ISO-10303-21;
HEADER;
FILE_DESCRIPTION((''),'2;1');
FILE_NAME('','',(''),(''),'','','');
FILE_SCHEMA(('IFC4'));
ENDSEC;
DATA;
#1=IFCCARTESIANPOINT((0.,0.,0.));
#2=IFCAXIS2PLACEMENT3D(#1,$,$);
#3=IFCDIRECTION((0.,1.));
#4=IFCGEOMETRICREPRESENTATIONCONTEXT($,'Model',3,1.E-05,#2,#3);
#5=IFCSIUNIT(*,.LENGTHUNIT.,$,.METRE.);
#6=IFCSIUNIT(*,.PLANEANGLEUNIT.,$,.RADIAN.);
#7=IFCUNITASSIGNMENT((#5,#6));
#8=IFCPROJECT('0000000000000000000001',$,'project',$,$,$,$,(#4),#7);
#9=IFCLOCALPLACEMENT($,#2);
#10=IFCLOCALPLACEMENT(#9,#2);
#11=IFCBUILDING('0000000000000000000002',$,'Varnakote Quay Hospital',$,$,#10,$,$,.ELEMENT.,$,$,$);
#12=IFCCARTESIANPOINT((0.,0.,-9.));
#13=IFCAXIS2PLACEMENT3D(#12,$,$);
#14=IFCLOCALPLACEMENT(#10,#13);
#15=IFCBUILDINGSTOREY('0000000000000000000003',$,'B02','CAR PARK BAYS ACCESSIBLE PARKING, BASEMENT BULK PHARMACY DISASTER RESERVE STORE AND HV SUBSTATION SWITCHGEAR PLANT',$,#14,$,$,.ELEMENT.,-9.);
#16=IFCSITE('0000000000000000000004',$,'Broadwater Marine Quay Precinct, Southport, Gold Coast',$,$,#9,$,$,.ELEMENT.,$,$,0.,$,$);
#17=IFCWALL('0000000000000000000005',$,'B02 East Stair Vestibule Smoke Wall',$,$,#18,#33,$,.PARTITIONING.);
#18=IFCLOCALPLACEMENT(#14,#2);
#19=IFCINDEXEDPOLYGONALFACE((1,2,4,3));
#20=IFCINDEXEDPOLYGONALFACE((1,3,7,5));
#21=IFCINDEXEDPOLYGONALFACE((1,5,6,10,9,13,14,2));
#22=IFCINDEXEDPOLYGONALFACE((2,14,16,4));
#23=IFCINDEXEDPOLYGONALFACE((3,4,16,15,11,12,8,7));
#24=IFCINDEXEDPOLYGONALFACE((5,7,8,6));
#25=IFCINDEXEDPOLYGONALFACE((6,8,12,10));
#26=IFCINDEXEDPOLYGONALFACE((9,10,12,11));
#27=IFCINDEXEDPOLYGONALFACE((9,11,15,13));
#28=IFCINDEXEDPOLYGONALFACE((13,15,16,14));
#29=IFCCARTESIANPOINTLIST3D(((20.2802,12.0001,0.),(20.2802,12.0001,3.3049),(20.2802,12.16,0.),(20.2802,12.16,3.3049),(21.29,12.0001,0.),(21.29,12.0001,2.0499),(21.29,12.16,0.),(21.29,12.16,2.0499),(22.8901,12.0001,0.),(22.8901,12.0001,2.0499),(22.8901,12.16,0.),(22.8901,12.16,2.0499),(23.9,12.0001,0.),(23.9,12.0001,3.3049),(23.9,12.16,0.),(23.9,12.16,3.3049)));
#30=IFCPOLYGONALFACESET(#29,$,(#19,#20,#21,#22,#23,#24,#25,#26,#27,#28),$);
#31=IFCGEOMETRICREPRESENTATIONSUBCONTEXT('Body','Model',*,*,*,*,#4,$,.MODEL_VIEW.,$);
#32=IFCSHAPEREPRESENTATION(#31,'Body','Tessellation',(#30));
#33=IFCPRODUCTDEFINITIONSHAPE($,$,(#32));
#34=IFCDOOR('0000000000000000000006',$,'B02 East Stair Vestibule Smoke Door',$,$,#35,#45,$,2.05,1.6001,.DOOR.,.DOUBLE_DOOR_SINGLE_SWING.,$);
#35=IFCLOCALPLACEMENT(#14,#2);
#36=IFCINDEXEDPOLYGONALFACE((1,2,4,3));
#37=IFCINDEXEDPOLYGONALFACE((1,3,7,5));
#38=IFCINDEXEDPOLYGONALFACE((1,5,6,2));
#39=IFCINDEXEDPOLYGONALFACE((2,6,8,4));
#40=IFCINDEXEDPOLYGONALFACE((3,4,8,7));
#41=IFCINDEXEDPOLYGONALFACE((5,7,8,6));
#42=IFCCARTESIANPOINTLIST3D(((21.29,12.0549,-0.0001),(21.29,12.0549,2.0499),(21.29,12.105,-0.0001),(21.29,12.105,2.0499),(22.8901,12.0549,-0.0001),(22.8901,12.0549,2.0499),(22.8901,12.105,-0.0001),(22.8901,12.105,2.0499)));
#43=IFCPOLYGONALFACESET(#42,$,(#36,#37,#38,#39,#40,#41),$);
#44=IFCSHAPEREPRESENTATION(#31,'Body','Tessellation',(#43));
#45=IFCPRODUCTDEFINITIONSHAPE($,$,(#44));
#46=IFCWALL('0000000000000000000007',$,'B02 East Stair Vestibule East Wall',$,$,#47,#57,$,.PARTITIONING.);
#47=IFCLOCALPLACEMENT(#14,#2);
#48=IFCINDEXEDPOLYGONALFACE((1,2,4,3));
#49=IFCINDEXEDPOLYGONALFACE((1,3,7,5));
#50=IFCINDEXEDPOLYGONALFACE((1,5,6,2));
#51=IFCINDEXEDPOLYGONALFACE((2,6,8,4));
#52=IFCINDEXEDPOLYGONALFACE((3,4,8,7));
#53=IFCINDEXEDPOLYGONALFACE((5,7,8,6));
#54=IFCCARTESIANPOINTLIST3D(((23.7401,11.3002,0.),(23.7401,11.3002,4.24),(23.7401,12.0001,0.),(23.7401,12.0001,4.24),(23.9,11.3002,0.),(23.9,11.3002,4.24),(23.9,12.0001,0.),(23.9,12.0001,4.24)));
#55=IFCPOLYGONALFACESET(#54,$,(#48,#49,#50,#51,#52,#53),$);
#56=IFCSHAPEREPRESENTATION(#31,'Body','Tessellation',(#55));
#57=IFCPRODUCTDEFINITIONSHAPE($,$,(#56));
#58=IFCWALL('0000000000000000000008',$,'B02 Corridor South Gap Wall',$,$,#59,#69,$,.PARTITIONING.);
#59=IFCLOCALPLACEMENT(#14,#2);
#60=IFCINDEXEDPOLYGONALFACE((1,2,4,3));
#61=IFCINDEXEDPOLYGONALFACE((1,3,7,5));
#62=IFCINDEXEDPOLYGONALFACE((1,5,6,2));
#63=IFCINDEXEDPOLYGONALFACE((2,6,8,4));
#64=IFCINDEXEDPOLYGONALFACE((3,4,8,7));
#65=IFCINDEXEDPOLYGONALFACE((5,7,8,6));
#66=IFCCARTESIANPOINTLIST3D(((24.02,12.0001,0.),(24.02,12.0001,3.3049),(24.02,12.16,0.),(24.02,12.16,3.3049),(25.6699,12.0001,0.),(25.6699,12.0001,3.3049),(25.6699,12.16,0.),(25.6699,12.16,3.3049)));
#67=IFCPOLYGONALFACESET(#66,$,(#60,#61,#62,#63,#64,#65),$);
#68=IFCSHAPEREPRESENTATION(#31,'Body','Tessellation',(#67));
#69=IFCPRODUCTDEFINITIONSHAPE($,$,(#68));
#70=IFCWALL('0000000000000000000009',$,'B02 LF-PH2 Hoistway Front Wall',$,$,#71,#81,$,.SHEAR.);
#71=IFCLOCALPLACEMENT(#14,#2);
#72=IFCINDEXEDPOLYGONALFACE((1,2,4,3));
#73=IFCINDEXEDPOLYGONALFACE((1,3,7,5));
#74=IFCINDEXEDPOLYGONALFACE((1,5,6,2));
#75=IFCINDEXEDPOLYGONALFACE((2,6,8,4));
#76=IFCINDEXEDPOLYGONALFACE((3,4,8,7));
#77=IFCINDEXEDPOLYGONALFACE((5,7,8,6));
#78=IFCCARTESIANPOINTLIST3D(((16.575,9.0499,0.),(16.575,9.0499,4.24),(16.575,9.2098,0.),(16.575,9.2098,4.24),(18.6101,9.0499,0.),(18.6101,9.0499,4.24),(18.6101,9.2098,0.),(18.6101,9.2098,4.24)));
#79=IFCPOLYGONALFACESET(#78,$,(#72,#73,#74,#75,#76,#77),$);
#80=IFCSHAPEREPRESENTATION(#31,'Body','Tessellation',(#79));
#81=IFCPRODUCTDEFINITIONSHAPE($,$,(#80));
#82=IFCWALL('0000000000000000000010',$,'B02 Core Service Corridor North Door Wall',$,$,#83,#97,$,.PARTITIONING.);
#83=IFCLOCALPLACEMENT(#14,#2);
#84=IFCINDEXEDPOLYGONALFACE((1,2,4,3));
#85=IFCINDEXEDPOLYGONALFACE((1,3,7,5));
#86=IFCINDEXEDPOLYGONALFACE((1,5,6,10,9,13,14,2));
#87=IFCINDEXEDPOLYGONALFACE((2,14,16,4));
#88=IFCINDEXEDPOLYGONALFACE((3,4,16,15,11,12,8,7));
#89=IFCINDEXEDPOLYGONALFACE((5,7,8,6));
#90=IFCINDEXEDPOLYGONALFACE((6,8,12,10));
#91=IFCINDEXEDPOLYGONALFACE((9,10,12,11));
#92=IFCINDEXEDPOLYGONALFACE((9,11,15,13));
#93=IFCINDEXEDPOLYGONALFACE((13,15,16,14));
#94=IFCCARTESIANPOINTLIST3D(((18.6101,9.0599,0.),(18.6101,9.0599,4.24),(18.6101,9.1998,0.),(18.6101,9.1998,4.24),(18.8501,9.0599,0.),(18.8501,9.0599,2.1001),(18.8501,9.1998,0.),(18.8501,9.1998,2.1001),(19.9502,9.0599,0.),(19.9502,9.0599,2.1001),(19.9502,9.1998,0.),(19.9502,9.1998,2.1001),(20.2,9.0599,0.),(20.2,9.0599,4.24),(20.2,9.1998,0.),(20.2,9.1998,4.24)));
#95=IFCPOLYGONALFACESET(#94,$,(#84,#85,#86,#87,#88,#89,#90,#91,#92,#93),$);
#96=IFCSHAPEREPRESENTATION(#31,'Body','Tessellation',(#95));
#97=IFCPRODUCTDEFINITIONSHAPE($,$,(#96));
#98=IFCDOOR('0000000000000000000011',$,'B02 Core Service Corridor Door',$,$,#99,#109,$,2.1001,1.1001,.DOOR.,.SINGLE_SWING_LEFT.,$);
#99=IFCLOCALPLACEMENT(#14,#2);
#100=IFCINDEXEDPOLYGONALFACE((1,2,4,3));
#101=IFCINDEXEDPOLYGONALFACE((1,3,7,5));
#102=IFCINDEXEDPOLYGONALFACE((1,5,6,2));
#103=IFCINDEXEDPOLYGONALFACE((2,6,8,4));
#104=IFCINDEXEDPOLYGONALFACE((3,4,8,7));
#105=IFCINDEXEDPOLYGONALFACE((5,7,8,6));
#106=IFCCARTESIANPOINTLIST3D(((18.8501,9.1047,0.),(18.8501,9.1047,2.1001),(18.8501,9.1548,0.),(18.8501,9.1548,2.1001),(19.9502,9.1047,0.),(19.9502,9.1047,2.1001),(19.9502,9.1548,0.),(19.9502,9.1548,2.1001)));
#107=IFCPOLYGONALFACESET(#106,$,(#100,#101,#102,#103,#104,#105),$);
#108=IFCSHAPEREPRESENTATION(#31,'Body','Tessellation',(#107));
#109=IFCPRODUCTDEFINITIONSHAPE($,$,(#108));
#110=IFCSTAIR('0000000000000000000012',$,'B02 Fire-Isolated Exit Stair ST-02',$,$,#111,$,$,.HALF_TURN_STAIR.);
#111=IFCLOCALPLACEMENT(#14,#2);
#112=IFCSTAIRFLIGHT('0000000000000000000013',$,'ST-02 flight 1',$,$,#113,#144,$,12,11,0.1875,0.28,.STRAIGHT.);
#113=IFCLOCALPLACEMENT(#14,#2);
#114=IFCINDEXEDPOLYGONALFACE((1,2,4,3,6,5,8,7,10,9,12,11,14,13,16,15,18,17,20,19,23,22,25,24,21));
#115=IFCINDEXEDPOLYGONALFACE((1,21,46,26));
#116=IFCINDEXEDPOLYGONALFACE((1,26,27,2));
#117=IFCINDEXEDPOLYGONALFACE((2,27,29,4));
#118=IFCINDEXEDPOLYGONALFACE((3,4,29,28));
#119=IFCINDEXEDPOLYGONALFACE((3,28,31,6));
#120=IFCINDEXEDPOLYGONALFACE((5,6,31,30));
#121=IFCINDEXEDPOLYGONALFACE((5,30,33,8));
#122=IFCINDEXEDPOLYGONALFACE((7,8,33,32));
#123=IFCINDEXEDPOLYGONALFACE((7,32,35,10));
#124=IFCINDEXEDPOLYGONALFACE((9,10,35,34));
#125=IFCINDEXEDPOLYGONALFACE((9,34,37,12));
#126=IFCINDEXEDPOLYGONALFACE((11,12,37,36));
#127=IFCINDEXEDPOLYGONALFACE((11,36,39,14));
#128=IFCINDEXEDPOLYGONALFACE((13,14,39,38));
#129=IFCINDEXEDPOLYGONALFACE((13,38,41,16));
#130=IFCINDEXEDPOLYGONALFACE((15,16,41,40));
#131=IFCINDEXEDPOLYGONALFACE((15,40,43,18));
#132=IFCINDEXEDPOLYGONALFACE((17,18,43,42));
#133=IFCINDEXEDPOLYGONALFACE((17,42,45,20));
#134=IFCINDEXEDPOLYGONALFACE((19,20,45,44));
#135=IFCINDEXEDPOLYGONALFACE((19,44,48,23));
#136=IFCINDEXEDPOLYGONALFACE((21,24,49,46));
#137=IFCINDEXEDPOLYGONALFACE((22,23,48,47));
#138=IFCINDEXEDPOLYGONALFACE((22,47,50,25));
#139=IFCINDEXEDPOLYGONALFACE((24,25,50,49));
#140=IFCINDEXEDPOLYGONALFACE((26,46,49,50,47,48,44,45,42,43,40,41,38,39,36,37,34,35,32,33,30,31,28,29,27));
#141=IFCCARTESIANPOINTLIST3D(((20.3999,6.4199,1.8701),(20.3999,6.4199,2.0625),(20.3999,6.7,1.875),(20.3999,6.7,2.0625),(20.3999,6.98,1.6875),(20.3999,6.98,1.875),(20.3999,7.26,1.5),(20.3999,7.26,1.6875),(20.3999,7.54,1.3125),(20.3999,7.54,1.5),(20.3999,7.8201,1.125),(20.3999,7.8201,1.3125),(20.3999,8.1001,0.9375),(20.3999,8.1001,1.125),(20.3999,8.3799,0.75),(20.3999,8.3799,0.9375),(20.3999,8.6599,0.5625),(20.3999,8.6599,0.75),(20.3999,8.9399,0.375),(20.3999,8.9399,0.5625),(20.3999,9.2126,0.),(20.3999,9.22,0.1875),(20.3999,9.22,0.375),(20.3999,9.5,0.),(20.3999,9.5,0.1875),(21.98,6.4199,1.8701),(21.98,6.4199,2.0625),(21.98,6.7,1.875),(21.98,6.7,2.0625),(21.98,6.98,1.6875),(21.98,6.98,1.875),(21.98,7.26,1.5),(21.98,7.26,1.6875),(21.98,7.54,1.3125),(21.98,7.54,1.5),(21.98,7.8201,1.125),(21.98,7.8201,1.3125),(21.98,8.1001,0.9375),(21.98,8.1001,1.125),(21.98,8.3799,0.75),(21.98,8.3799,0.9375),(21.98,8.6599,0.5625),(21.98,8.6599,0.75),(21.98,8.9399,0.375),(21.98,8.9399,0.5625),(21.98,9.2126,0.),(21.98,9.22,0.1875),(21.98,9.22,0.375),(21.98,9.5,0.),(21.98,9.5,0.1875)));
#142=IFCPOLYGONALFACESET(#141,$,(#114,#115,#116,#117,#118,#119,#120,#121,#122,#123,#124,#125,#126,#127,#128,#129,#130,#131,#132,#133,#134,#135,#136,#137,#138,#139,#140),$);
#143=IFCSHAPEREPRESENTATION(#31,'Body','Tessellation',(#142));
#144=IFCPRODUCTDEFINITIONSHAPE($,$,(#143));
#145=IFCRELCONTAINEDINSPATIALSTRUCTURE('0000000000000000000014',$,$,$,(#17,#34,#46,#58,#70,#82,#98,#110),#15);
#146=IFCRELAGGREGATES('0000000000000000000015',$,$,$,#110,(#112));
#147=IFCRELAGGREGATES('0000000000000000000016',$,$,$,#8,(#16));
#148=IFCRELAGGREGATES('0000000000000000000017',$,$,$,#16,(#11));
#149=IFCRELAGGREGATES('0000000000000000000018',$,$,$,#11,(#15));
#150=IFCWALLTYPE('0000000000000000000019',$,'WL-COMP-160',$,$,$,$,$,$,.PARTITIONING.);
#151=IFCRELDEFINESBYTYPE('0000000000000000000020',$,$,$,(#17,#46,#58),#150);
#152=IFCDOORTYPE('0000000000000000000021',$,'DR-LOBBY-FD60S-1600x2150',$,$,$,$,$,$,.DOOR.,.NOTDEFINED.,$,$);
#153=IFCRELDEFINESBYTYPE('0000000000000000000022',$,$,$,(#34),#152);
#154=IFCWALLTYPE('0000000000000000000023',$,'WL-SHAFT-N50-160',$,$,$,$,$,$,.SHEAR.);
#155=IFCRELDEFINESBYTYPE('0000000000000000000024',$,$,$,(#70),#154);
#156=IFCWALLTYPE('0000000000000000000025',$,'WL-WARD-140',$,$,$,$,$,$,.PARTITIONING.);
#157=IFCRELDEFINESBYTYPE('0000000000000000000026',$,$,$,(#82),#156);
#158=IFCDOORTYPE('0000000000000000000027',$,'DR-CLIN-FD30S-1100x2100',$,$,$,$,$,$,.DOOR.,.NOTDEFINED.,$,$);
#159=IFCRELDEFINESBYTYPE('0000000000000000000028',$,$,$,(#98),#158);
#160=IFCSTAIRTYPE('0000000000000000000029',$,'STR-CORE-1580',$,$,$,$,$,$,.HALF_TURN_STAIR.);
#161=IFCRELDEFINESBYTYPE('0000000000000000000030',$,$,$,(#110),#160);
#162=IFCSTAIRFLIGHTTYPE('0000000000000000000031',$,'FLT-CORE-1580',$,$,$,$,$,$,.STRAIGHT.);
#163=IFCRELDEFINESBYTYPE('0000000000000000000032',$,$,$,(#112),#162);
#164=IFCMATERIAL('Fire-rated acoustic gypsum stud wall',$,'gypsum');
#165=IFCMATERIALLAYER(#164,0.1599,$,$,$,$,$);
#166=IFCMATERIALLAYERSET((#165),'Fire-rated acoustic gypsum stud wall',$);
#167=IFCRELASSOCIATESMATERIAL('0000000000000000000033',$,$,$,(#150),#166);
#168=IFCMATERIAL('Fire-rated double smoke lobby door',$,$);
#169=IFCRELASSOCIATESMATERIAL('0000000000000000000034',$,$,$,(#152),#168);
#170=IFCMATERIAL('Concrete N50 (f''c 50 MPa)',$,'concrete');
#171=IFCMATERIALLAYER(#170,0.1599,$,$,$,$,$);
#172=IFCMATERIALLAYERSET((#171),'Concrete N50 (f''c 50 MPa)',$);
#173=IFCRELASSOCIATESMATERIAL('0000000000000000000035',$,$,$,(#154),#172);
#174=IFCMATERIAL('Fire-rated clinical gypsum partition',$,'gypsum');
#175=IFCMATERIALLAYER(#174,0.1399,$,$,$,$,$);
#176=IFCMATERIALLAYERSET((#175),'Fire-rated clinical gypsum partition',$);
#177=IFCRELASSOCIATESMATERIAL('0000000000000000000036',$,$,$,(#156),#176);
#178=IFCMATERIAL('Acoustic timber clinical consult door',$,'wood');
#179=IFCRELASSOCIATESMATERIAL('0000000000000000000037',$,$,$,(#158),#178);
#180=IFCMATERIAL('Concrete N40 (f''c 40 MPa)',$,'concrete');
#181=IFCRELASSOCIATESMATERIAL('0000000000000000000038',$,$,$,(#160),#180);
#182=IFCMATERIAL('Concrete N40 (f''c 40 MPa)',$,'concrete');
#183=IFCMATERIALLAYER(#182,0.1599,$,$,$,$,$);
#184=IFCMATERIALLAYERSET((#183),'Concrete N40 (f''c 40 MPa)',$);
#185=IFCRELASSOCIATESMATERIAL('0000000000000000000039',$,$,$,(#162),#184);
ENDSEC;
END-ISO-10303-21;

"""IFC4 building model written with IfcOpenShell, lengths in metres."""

from ifc_helpers import new_model, si_unit, direction, frame, frame_2d, origin, place, context, subcontext, project, spatial, polyline, rectangle, outline, extrude, material, layer, layer_set, type_object, element, fill, aggregate, save


model = new_model("IFC4")

# Units and contexts
model_context = context("Model", 3, precision=1e-05, world=origin(), true_north=direction((0.0, 1.0)))
body_context = subcontext(model_context, "Body", "Model", "MODEL_VIEW")
ifc_project = project(units=[si_unit("LENGTHUNIT", "METRE"), si_unit("PLANEANGLEUNIT", "RADIAN")], contexts=[model_context])

# Site, building, storey
site_placement = place(None, origin())
site = spatial("IfcSite", under=ifc_project, at=site_placement, Name="Broadwater Marine Quay Precinct, Southport, Gold Coast", CompositionType="ELEMENT", RefElevation=0.0)
building_placement = place(site_placement, origin())
building = spatial("IfcBuilding", under=site, at=building_placement, Name="Varnakote Quay Hospital", CompositionType="ELEMENT")
storey_placement = place(building_placement, frame((0.0, 0.0, -9.0)))
storey = spatial("IfcBuildingStorey", under=building, at=storey_placement, Name="B02", Description="CAR PARK BAYS ACCESSIBLE PARKING, BASEMENT BULK PHARMACY DISASTER RESERVE STORE AND HV SUBSTATION SWITCHGEAR PLANT", CompositionType="ELEMENT", Elevation=-9.0)

# Shared definitions
ifc_material_1 = material(Name="Fire-rated acoustic gypsum stud wall", Category="gypsum")
ifc_layer_1 = layer(ifc_material_1, 0.1599)
ifc_layer_set_1 = layer_set([ifc_layer_1], Name="Fire-rated acoustic gypsum stud wall")
wall_type_1 = type_object("IfcWallType", Name="WL-COMP-160", PredefinedType="PARTITIONING", material=ifc_layer_set_1)

# Wall, opening, door
wall_1_placement = place(storey_placement, frame((20.28, 12.0801, 0.0), z_axis=(0.0, 0.0, 1.0), x_axis=(1.0, 0.0, 0.0)))
wall_1 = element("IfcWall", 1, at=wall_1_placement, inside=storey, type_object=wall_type_1, Name="B02 East Stair Vestibule Smoke Wall", PredefinedType="PARTITIONING", context=body_context, shape_type="SweptSolid", body=[
    extrude(rectangle(XDim=3.6199, YDim=0.1599, at=frame_2d((1.8101, 0.0))), origin(), (0.0, 0.0, 1.0), 3.3049),
])
opening_1_placement = place(wall_1_placement, frame((1.01, 0.0, 0.0)))
opening_1 = element("IfcOpeningElement", 2, at=opening_1_placement, cuts=wall_1, PredefinedType="OPENING", context=body_context, shape_type="SweptSolid", body=[
    extrude(rectangle(XDim=1.6001, YDim=2.05, at=frame_2d((0.8, 1.0249))), frame((0.0, 0.0898, 0.0), z_axis=(0.0, -1.0, 0.0), x_axis=(1.0, 0.0, 0.0)), (0.0, 0.0, 1.0), 0.1799),
])
ifc_material_2 = material(Name="Fire-rated double smoke lobby door")
door_type_1 = type_object("IfcDoorType", Name="DR-LOBBY-FD60S-1600x2150", OperationType="NOTDEFINED", PredefinedType="DOOR", material=ifc_material_2)
door_1_placement = place(opening_1_placement, origin())
door_1 = element("IfcDoor", 3, at=door_1_placement, inside=storey, type_object=door_type_1, Name="B02 East Stair Vestibule Smoke Door", OperationType="DOUBLE_DOOR_SINGLE_SWING", OverallHeight=2.05, OverallWidth=1.6001, PredefinedType="DOOR", context=body_context, shape_type="SweptSolid", body=[
    extrude(rectangle(XDim=1.6001, YDim=2.05, at=frame_2d((0.8, 1.0249))), frame((0.0, 0.0249, 0.0), z_axis=(0.0, -1.0, 0.0), x_axis=(1.0, 0.0, 0.0)), (0.0, 0.0, 1.0), 0.05),
])
fill(opening_1, door_1)

# Walls
wall_2_placement = place(storey_placement, frame((23.8201, 11.3, 0.0), z_axis=(0.0, 0.0, 1.0), x_axis=(0.0, 1.0, 0.0)))
element("IfcWall", 4, at=wall_2_placement, inside=storey, type_object=wall_type_1, Name="B02 East Stair Vestibule East Wall", PredefinedType="PARTITIONING", context=body_context, shape_type="SweptSolid", body=[
    extrude(rectangle(XDim=0.7, YDim=0.1599, at=frame_2d((0.3501, 0.0))), origin(), (0.0, 0.0, 1.0), 4.24),
])
wall_3_placement = place(storey_placement, frame((24.02, 12.0801, 0.0), z_axis=(0.0, 0.0, 1.0), x_axis=(1.0, 0.0, 0.0)))
element("IfcWall", 5, at=wall_3_placement, inside=storey, type_object=wall_type_1, Name="B02 Corridor South Gap Wall", PredefinedType="PARTITIONING", context=body_context, shape_type="SweptSolid", body=[
    extrude(rectangle(XDim=1.6499, YDim=0.1599, at=frame_2d((0.825, 0.0))), origin(), (0.0, 0.0, 1.0), 3.3049),
])
ifc_material_3 = material(Name="Concrete N50 (f'c 50 MPa)", Category="concrete")
ifc_layer_2 = layer(ifc_material_3, 0.1599)
ifc_layer_set_2 = layer_set([ifc_layer_2], Name="Concrete N50 (f'c 50 MPa)")
wall_type_2 = type_object("IfcWallType", Name="WL-SHAFT-N50-160", PredefinedType="SHEAR", material=ifc_layer_set_2)
wall_4_placement = place(storey_placement, frame((16.575, 9.1299, 0.0), z_axis=(0.0, 0.0, 1.0), x_axis=(1.0, 0.0, 0.0)))
element("IfcWall", 6, at=wall_4_placement, inside=storey, type_object=wall_type_2, Name="B02 LF-PH2 Hoistway Front Wall", PredefinedType="SHEAR", context=body_context, shape_type="SweptSolid", body=[
    extrude(rectangle(XDim=2.0352, YDim=0.1599, at=frame_2d((1.0176, 0.0))), origin(), (0.0, 0.0, 1.0), 4.24),
])

# Wall, opening, door
ifc_material_4 = material(Name="Fire-rated clinical gypsum partition", Category="gypsum")
ifc_layer_3 = layer(ifc_material_4, 0.1399)
ifc_layer_set_3 = layer_set([ifc_layer_3], Name="Fire-rated clinical gypsum partition")
wall_type_3 = type_object("IfcWallType", Name="WL-WARD-140", PredefinedType="PARTITIONING", material=ifc_layer_set_3)
wall_5_placement = place(storey_placement, frame((18.6101, 9.1299, 0.0), z_axis=(0.0, 0.0, 1.0), x_axis=(1.0, 0.0, 0.0)))
wall_5 = element("IfcWall", 7, at=wall_5_placement, inside=storey, type_object=wall_type_3, Name="B02 Core Service Corridor North Door Wall", PredefinedType="PARTITIONING", context=body_context, shape_type="SweptSolid", body=[
    extrude(rectangle(XDim=1.5898, YDim=0.1399, at=frame_2d((0.7949, 0.0))), origin(), (0.0, 0.0, 1.0), 4.24),
])
opening_2_placement = place(wall_5_placement, frame((0.24, 0.0, 0.0)))
opening_2 = element("IfcOpeningElement", 8, at=opening_2_placement, cuts=wall_5, PredefinedType="OPENING", context=body_context, shape_type="SweptSolid", body=[
    extrude(rectangle(XDim=1.1001, YDim=2.1001, at=frame_2d((0.55, 1.05))), frame((0.0, 0.0798, 0.0), z_axis=(0.0, -1.0, 0.0), x_axis=(1.0, 0.0, 0.0)), (0.0, 0.0, 1.0), 0.1599),
])
ifc_material_5 = material(Name="Acoustic timber clinical consult door", Category="wood")
door_type_2 = type_object("IfcDoorType", Name="DR-CLIN-FD30S-1100x2100", OperationType="NOTDEFINED", PredefinedType="DOOR", material=ifc_material_5)
door_2_placement = place(opening_2_placement, origin())
door_2 = element("IfcDoor", 9, at=door_2_placement, inside=storey, type_object=door_type_2, Name="B02 Core Service Corridor Door", OperationType="SINGLE_SWING_LEFT", OverallHeight=2.1001, OverallWidth=1.1001, PredefinedType="DOOR", context=body_context, shape_type="SweptSolid", body=[
    extrude(rectangle(XDim=1.1001, YDim=2.1001, at=frame_2d((0.55, 1.05))), frame((0.0, 0.0249, 0.0), z_axis=(0.0, -1.0, 0.0), x_axis=(1.0, 0.0, 0.0)), (0.0, 0.0, 1.0), 0.05),
])
fill(opening_2, door_2)

# Stair, stair flight
ifc_material_6 = material(Name="Concrete N40 (f'c 40 MPa)", Category="concrete")
stair_type = type_object("IfcStairType", Name="STR-CORE-1580", PredefinedType="HALF_TURN_STAIR", material=ifc_material_6)
stair_placement = place(storey_placement, origin())
stair = element("IfcStair", 10, at=stair_placement, inside=storey, type_object=stair_type, Name="B02 Fire-Isolated Exit Stair ST-02", PredefinedType="HALF_TURN_STAIR")
ifc_material_7 = material(Name="Concrete N40 (f'c 40 MPa)", Category="concrete")
ifc_layer_4 = layer(ifc_material_7, 0.1599)
ifc_layer_set_4 = layer_set([ifc_layer_4], Name="Concrete N40 (f'c 40 MPa)")
stair_flight_type = type_object("IfcStairFlightType", Name="FLT-CORE-1580", PredefinedType="STRAIGHT", material=ifc_layer_set_4)
stair_flight_placement = place(storey_placement, frame((21.1899, 9.5, 0.0), z_axis=(0.0, 0.0, 1.0), x_axis=(0.0, -1.0, 0.0)))
stair_flight = element("IfcStairFlight", 11, at=stair_flight_placement, type_object=stair_flight_type, Name="ST-02 flight 1", NumberOfRisers=12, NumberOfTreads=11, PredefinedType="STRAIGHT", RiserHeight=0.1875, TreadLength=0.28, context=body_context, shape_type="SweptSolid", body=[
    extrude(outline(polyline([(0.0, 0.0), (0.0, 0.1875), (0.28, 0.1875), (0.28, 0.375), (0.5601, 0.375), (0.5601, 0.5625), (0.8401, 0.5625), (0.8401, 0.75), (1.1201, 0.75), (1.1201, 0.9375), (1.3999, 0.9375), (1.3999, 1.125), (1.6799, 1.125), (1.6799, 1.3125), (1.96, 1.3125), (1.96, 1.5), (2.24, 1.5), (2.24, 1.6875), (2.52, 1.6875), (2.52, 1.875), (2.8, 1.875), (2.8, 2.0625), (3.0801, 2.0625), (3.0801, 2.25), (3.0801, 1.8701), (0.2874, 0.0), (0.0, 0.0)])), frame((0.0, 0.79, 0.0), z_axis=(0.0, -1.0, 0.0), x_axis=(1.0, 0.0, 0.0)), (0.0, 0.0, 1.0), 1.5801),
])
aggregate(stair, [stair_flight])

save(model, "model.ifc")
